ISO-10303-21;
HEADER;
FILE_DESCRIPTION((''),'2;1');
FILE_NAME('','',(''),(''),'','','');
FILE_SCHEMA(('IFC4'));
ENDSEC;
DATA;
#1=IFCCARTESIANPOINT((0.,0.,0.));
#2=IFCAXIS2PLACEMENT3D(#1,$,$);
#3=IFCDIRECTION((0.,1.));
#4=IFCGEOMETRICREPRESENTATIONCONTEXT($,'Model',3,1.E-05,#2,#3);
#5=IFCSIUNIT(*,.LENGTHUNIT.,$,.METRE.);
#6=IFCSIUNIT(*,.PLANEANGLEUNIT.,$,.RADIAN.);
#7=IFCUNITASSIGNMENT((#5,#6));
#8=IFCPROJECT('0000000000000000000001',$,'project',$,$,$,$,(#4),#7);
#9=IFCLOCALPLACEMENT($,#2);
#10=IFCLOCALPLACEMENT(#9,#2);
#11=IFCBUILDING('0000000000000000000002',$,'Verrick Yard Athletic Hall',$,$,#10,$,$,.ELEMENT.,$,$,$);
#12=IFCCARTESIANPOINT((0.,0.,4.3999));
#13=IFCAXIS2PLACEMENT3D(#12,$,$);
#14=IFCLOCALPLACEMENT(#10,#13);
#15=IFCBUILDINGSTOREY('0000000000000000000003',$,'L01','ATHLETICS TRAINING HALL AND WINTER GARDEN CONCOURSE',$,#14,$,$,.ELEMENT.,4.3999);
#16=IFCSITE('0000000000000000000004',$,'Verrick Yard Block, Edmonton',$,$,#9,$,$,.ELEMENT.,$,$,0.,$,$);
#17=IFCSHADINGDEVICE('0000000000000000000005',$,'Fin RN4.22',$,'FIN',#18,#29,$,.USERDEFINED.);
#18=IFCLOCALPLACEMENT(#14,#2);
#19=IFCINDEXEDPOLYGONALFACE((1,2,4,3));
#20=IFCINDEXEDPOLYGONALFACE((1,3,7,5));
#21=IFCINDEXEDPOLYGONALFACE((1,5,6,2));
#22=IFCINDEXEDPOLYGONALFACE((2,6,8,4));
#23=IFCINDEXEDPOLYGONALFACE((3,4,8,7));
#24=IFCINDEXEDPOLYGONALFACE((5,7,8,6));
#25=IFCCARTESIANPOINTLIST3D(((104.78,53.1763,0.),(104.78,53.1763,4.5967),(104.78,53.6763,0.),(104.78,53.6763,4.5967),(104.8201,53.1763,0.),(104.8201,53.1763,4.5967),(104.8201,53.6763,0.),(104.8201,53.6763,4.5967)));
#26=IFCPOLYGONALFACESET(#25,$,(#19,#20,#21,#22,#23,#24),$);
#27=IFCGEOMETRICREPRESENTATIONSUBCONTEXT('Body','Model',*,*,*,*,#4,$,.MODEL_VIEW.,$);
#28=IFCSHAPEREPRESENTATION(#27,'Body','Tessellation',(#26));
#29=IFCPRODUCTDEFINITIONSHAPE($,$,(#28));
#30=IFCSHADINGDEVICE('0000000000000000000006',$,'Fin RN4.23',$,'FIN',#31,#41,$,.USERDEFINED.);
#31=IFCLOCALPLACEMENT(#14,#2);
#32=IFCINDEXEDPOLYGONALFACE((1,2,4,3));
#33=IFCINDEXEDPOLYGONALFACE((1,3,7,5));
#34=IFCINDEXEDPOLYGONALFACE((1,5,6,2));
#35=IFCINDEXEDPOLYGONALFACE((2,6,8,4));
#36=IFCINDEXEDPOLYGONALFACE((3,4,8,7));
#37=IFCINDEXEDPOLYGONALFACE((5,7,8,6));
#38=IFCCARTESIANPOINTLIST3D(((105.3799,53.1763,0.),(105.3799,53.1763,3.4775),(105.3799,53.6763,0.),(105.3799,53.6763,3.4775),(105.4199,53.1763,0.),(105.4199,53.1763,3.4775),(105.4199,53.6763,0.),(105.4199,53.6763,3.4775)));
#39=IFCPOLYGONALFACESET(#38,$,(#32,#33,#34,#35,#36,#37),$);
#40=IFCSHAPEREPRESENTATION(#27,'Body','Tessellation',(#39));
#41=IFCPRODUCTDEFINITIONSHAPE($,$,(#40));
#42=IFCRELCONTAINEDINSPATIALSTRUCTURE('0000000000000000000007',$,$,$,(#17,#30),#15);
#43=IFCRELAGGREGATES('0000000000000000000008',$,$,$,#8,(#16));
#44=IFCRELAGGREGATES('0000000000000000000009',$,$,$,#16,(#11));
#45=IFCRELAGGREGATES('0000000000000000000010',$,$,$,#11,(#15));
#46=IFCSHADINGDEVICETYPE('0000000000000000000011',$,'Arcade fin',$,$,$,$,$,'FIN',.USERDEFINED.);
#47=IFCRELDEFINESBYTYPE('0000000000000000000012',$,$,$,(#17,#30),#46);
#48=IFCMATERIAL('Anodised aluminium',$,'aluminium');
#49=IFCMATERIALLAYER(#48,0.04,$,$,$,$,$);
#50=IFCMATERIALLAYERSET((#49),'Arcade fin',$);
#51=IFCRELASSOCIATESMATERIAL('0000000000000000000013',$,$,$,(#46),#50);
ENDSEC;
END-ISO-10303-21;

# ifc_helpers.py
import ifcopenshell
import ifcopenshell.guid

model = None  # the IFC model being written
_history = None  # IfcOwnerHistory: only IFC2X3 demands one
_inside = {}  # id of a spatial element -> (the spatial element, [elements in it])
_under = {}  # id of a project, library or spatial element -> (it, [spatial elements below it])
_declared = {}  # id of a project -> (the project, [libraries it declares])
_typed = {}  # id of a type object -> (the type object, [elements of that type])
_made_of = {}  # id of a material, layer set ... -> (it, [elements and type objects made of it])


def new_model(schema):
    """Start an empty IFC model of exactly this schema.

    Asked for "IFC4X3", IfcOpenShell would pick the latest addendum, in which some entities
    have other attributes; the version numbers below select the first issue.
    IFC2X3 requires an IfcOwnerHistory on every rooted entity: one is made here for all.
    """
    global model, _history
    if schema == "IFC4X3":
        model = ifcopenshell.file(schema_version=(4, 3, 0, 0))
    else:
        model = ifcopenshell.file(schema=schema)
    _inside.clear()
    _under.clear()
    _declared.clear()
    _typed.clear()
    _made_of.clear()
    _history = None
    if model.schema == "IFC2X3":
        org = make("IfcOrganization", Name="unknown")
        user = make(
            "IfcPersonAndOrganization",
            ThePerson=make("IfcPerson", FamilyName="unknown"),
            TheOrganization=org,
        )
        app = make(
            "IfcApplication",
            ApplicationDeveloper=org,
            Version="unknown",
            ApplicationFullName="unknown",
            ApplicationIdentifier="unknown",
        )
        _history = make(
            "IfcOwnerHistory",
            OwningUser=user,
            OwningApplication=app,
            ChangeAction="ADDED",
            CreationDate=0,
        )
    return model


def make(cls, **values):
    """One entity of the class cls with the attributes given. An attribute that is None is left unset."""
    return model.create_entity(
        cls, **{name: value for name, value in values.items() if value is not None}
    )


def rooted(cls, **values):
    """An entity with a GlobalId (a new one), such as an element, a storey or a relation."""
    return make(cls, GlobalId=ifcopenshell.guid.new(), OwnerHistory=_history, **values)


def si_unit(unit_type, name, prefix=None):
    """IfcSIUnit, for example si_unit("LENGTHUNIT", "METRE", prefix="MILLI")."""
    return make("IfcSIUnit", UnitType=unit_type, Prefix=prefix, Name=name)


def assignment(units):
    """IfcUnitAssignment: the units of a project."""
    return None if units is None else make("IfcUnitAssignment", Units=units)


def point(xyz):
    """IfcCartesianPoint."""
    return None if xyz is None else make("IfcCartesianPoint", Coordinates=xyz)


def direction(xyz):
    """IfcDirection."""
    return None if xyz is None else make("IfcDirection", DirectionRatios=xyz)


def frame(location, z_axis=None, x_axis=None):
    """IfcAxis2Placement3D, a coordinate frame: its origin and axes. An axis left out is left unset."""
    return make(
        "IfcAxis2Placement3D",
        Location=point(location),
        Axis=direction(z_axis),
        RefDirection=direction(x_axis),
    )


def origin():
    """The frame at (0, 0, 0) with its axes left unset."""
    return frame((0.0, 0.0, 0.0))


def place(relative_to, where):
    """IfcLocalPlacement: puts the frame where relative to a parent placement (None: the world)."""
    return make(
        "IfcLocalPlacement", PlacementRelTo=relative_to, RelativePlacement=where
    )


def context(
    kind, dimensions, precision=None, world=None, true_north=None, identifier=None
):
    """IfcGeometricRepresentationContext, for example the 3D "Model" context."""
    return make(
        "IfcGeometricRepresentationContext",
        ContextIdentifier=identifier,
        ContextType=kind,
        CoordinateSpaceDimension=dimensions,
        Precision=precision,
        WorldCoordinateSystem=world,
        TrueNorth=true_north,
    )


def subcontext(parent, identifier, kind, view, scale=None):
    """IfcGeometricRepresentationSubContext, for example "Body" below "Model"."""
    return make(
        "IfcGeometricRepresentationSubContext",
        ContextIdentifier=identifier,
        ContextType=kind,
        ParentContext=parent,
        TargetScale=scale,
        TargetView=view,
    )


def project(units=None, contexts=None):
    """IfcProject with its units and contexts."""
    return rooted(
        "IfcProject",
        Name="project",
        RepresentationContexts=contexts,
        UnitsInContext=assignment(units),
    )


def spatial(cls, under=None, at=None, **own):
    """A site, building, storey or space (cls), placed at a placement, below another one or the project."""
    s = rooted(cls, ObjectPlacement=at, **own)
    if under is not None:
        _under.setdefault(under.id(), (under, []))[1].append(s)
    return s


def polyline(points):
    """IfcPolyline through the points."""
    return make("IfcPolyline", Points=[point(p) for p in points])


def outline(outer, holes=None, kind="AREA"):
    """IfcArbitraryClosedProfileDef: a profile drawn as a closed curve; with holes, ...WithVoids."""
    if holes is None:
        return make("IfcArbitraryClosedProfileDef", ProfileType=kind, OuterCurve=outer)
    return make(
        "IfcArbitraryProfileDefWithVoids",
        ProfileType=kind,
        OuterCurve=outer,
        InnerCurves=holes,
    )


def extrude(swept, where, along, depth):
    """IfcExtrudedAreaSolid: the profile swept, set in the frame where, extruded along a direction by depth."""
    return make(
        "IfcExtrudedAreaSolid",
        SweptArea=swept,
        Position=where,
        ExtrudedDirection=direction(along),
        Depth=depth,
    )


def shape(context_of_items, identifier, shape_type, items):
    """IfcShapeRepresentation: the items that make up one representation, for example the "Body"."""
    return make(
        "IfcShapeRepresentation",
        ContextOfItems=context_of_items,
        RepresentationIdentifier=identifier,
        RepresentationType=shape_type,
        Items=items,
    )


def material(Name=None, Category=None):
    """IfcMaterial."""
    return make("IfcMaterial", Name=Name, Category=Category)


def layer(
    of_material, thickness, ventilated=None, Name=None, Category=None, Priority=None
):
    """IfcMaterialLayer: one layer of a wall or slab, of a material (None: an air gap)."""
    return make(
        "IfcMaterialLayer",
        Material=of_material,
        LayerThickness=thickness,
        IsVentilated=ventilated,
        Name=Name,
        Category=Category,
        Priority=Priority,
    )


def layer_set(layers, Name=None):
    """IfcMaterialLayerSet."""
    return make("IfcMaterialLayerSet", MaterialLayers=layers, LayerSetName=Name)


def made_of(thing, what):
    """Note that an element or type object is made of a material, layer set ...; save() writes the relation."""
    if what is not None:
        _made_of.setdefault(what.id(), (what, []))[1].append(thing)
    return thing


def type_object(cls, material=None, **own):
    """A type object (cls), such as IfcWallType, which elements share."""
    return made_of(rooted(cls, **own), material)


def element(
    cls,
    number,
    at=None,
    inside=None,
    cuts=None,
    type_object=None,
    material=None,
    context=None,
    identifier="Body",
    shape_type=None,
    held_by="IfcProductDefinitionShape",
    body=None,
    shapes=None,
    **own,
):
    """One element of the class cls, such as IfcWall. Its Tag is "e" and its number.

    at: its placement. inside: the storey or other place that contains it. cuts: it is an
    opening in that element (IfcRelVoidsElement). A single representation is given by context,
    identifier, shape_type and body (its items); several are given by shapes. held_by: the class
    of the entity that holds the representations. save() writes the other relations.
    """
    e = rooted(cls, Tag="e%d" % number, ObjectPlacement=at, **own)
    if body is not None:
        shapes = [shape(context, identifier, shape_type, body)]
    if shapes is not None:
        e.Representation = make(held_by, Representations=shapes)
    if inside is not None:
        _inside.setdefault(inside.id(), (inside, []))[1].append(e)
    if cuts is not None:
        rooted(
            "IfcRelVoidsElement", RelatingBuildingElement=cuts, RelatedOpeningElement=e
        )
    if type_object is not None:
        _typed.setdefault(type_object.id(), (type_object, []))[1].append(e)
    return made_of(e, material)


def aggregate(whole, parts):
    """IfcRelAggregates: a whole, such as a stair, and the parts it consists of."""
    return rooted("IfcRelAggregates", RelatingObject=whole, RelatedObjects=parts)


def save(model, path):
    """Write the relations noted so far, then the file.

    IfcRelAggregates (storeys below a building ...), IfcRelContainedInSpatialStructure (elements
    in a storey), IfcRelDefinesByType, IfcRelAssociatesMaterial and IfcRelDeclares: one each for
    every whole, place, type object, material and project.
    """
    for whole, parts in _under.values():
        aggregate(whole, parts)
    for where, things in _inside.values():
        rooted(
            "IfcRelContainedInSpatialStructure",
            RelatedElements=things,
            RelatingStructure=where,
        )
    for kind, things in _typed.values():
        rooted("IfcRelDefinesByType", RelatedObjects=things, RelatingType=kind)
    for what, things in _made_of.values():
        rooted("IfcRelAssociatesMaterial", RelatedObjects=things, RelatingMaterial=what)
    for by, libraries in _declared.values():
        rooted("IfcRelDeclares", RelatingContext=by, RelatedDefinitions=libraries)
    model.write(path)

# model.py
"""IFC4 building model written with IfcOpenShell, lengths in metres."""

from ifc_helpers import new_model, si_unit, direction, frame, origin, place, context, subcontext, project, spatial, polyline, outline, extrude, material, layer, layer_set, type_object, element, save


model = new_model("IFC4")

# Units and contexts
model_context = context("Model", 3, precision=1e-05, world=origin(), true_north=direction((0.0, 1.0)))
body_context = subcontext(model_context, "Body", "Model", "MODEL_VIEW")
ifc_project = project(units=[si_unit("LENGTHUNIT", "METRE"), si_unit("PLANEANGLEUNIT", "RADIAN")], contexts=[model_context])

# Site, building, storey
site_placement = place(None, origin())
site = spatial("IfcSite", under=ifc_project, at=site_placement, Name="Verrick Yard Block, Edmonton", CompositionType="ELEMENT", RefElevation=0.0)
building_placement = place(site_placement, origin())
building = spatial("IfcBuilding", under=site, at=building_placement, Name="Verrick Yard Athletic Hall", CompositionType="ELEMENT")
storey_placement = place(building_placement, frame((0.0, 0.0, 4.3999)))
storey = spatial("IfcBuildingStorey", under=building, at=storey_placement, Name="L01", Description="ATHLETICS TRAINING HALL AND WINTER GARDEN CONCOURSE", CompositionType="ELEMENT", Elevation=4.3999)

# Shading devices
ifc_material_1 = material(Name="Anodised aluminium", Category="aluminium")
ifc_layer_1 = layer(ifc_material_1, 0.04)
ifc_layer_set_1 = layer_set([ifc_layer_1], Name="Arcade fin")
shading_device_type = type_object("IfcShadingDeviceType", Name="Arcade fin", ElementType="FIN", PredefinedType="USERDEFINED", material=ifc_layer_set_1)
shading_device_1_placement = place(storey_placement, frame((104.8, 53.1763, 0.0), z_axis=(0.0, 0.0, 1.0), x_axis=(0.0, 1.0, 0.0)))
element("IfcShadingDevice", 1, at=shading_device_1_placement, inside=storey, type_object=shading_device_type, Name="Fin RN4.22", ObjectType="FIN", PredefinedType="USERDEFINED", context=body_context, shape_type="SweptSolid", body=[
    extrude(outline(polyline([(0.0, 0.0), (0.5, 0.0), (0.5, 4.5967), (0.0, 4.5967), (0.0, 0.0)])), frame((0.0, 0.02, 0.0), z_axis=(0.0, -1.0, 0.0), x_axis=(1.0, 0.0, 0.0)), (0.0, 0.0, 1.0), 0.04),
])
shading_device_2_placement = place(storey_placement, frame((105.3999, 53.1763, 0.0), z_axis=(0.0, 0.0, 1.0), x_axis=(0.0, 1.0, 0.0)))
element("IfcShadingDevice", 2, at=shading_device_2_placement, inside=storey, type_object=shading_device_type, Name="Fin RN4.23", ObjectType="FIN", PredefinedType="USERDEFINED", context=body_context, shape_type="SweptSolid", body=[
    extrude(outline(polyline([(0.0, 0.0), (0.5, 0.0), (0.5, 3.4775), (0.0, 3.4775), (0.0, 0.0)])), frame((0.0, 0.02, 0.0), z_axis=(0.0, -1.0, 0.0), x_axis=(1.0, 0.0, 0.0)), (0.0, 0.0, 1.0), 0.04),
])

save(model, "model.ifc")
